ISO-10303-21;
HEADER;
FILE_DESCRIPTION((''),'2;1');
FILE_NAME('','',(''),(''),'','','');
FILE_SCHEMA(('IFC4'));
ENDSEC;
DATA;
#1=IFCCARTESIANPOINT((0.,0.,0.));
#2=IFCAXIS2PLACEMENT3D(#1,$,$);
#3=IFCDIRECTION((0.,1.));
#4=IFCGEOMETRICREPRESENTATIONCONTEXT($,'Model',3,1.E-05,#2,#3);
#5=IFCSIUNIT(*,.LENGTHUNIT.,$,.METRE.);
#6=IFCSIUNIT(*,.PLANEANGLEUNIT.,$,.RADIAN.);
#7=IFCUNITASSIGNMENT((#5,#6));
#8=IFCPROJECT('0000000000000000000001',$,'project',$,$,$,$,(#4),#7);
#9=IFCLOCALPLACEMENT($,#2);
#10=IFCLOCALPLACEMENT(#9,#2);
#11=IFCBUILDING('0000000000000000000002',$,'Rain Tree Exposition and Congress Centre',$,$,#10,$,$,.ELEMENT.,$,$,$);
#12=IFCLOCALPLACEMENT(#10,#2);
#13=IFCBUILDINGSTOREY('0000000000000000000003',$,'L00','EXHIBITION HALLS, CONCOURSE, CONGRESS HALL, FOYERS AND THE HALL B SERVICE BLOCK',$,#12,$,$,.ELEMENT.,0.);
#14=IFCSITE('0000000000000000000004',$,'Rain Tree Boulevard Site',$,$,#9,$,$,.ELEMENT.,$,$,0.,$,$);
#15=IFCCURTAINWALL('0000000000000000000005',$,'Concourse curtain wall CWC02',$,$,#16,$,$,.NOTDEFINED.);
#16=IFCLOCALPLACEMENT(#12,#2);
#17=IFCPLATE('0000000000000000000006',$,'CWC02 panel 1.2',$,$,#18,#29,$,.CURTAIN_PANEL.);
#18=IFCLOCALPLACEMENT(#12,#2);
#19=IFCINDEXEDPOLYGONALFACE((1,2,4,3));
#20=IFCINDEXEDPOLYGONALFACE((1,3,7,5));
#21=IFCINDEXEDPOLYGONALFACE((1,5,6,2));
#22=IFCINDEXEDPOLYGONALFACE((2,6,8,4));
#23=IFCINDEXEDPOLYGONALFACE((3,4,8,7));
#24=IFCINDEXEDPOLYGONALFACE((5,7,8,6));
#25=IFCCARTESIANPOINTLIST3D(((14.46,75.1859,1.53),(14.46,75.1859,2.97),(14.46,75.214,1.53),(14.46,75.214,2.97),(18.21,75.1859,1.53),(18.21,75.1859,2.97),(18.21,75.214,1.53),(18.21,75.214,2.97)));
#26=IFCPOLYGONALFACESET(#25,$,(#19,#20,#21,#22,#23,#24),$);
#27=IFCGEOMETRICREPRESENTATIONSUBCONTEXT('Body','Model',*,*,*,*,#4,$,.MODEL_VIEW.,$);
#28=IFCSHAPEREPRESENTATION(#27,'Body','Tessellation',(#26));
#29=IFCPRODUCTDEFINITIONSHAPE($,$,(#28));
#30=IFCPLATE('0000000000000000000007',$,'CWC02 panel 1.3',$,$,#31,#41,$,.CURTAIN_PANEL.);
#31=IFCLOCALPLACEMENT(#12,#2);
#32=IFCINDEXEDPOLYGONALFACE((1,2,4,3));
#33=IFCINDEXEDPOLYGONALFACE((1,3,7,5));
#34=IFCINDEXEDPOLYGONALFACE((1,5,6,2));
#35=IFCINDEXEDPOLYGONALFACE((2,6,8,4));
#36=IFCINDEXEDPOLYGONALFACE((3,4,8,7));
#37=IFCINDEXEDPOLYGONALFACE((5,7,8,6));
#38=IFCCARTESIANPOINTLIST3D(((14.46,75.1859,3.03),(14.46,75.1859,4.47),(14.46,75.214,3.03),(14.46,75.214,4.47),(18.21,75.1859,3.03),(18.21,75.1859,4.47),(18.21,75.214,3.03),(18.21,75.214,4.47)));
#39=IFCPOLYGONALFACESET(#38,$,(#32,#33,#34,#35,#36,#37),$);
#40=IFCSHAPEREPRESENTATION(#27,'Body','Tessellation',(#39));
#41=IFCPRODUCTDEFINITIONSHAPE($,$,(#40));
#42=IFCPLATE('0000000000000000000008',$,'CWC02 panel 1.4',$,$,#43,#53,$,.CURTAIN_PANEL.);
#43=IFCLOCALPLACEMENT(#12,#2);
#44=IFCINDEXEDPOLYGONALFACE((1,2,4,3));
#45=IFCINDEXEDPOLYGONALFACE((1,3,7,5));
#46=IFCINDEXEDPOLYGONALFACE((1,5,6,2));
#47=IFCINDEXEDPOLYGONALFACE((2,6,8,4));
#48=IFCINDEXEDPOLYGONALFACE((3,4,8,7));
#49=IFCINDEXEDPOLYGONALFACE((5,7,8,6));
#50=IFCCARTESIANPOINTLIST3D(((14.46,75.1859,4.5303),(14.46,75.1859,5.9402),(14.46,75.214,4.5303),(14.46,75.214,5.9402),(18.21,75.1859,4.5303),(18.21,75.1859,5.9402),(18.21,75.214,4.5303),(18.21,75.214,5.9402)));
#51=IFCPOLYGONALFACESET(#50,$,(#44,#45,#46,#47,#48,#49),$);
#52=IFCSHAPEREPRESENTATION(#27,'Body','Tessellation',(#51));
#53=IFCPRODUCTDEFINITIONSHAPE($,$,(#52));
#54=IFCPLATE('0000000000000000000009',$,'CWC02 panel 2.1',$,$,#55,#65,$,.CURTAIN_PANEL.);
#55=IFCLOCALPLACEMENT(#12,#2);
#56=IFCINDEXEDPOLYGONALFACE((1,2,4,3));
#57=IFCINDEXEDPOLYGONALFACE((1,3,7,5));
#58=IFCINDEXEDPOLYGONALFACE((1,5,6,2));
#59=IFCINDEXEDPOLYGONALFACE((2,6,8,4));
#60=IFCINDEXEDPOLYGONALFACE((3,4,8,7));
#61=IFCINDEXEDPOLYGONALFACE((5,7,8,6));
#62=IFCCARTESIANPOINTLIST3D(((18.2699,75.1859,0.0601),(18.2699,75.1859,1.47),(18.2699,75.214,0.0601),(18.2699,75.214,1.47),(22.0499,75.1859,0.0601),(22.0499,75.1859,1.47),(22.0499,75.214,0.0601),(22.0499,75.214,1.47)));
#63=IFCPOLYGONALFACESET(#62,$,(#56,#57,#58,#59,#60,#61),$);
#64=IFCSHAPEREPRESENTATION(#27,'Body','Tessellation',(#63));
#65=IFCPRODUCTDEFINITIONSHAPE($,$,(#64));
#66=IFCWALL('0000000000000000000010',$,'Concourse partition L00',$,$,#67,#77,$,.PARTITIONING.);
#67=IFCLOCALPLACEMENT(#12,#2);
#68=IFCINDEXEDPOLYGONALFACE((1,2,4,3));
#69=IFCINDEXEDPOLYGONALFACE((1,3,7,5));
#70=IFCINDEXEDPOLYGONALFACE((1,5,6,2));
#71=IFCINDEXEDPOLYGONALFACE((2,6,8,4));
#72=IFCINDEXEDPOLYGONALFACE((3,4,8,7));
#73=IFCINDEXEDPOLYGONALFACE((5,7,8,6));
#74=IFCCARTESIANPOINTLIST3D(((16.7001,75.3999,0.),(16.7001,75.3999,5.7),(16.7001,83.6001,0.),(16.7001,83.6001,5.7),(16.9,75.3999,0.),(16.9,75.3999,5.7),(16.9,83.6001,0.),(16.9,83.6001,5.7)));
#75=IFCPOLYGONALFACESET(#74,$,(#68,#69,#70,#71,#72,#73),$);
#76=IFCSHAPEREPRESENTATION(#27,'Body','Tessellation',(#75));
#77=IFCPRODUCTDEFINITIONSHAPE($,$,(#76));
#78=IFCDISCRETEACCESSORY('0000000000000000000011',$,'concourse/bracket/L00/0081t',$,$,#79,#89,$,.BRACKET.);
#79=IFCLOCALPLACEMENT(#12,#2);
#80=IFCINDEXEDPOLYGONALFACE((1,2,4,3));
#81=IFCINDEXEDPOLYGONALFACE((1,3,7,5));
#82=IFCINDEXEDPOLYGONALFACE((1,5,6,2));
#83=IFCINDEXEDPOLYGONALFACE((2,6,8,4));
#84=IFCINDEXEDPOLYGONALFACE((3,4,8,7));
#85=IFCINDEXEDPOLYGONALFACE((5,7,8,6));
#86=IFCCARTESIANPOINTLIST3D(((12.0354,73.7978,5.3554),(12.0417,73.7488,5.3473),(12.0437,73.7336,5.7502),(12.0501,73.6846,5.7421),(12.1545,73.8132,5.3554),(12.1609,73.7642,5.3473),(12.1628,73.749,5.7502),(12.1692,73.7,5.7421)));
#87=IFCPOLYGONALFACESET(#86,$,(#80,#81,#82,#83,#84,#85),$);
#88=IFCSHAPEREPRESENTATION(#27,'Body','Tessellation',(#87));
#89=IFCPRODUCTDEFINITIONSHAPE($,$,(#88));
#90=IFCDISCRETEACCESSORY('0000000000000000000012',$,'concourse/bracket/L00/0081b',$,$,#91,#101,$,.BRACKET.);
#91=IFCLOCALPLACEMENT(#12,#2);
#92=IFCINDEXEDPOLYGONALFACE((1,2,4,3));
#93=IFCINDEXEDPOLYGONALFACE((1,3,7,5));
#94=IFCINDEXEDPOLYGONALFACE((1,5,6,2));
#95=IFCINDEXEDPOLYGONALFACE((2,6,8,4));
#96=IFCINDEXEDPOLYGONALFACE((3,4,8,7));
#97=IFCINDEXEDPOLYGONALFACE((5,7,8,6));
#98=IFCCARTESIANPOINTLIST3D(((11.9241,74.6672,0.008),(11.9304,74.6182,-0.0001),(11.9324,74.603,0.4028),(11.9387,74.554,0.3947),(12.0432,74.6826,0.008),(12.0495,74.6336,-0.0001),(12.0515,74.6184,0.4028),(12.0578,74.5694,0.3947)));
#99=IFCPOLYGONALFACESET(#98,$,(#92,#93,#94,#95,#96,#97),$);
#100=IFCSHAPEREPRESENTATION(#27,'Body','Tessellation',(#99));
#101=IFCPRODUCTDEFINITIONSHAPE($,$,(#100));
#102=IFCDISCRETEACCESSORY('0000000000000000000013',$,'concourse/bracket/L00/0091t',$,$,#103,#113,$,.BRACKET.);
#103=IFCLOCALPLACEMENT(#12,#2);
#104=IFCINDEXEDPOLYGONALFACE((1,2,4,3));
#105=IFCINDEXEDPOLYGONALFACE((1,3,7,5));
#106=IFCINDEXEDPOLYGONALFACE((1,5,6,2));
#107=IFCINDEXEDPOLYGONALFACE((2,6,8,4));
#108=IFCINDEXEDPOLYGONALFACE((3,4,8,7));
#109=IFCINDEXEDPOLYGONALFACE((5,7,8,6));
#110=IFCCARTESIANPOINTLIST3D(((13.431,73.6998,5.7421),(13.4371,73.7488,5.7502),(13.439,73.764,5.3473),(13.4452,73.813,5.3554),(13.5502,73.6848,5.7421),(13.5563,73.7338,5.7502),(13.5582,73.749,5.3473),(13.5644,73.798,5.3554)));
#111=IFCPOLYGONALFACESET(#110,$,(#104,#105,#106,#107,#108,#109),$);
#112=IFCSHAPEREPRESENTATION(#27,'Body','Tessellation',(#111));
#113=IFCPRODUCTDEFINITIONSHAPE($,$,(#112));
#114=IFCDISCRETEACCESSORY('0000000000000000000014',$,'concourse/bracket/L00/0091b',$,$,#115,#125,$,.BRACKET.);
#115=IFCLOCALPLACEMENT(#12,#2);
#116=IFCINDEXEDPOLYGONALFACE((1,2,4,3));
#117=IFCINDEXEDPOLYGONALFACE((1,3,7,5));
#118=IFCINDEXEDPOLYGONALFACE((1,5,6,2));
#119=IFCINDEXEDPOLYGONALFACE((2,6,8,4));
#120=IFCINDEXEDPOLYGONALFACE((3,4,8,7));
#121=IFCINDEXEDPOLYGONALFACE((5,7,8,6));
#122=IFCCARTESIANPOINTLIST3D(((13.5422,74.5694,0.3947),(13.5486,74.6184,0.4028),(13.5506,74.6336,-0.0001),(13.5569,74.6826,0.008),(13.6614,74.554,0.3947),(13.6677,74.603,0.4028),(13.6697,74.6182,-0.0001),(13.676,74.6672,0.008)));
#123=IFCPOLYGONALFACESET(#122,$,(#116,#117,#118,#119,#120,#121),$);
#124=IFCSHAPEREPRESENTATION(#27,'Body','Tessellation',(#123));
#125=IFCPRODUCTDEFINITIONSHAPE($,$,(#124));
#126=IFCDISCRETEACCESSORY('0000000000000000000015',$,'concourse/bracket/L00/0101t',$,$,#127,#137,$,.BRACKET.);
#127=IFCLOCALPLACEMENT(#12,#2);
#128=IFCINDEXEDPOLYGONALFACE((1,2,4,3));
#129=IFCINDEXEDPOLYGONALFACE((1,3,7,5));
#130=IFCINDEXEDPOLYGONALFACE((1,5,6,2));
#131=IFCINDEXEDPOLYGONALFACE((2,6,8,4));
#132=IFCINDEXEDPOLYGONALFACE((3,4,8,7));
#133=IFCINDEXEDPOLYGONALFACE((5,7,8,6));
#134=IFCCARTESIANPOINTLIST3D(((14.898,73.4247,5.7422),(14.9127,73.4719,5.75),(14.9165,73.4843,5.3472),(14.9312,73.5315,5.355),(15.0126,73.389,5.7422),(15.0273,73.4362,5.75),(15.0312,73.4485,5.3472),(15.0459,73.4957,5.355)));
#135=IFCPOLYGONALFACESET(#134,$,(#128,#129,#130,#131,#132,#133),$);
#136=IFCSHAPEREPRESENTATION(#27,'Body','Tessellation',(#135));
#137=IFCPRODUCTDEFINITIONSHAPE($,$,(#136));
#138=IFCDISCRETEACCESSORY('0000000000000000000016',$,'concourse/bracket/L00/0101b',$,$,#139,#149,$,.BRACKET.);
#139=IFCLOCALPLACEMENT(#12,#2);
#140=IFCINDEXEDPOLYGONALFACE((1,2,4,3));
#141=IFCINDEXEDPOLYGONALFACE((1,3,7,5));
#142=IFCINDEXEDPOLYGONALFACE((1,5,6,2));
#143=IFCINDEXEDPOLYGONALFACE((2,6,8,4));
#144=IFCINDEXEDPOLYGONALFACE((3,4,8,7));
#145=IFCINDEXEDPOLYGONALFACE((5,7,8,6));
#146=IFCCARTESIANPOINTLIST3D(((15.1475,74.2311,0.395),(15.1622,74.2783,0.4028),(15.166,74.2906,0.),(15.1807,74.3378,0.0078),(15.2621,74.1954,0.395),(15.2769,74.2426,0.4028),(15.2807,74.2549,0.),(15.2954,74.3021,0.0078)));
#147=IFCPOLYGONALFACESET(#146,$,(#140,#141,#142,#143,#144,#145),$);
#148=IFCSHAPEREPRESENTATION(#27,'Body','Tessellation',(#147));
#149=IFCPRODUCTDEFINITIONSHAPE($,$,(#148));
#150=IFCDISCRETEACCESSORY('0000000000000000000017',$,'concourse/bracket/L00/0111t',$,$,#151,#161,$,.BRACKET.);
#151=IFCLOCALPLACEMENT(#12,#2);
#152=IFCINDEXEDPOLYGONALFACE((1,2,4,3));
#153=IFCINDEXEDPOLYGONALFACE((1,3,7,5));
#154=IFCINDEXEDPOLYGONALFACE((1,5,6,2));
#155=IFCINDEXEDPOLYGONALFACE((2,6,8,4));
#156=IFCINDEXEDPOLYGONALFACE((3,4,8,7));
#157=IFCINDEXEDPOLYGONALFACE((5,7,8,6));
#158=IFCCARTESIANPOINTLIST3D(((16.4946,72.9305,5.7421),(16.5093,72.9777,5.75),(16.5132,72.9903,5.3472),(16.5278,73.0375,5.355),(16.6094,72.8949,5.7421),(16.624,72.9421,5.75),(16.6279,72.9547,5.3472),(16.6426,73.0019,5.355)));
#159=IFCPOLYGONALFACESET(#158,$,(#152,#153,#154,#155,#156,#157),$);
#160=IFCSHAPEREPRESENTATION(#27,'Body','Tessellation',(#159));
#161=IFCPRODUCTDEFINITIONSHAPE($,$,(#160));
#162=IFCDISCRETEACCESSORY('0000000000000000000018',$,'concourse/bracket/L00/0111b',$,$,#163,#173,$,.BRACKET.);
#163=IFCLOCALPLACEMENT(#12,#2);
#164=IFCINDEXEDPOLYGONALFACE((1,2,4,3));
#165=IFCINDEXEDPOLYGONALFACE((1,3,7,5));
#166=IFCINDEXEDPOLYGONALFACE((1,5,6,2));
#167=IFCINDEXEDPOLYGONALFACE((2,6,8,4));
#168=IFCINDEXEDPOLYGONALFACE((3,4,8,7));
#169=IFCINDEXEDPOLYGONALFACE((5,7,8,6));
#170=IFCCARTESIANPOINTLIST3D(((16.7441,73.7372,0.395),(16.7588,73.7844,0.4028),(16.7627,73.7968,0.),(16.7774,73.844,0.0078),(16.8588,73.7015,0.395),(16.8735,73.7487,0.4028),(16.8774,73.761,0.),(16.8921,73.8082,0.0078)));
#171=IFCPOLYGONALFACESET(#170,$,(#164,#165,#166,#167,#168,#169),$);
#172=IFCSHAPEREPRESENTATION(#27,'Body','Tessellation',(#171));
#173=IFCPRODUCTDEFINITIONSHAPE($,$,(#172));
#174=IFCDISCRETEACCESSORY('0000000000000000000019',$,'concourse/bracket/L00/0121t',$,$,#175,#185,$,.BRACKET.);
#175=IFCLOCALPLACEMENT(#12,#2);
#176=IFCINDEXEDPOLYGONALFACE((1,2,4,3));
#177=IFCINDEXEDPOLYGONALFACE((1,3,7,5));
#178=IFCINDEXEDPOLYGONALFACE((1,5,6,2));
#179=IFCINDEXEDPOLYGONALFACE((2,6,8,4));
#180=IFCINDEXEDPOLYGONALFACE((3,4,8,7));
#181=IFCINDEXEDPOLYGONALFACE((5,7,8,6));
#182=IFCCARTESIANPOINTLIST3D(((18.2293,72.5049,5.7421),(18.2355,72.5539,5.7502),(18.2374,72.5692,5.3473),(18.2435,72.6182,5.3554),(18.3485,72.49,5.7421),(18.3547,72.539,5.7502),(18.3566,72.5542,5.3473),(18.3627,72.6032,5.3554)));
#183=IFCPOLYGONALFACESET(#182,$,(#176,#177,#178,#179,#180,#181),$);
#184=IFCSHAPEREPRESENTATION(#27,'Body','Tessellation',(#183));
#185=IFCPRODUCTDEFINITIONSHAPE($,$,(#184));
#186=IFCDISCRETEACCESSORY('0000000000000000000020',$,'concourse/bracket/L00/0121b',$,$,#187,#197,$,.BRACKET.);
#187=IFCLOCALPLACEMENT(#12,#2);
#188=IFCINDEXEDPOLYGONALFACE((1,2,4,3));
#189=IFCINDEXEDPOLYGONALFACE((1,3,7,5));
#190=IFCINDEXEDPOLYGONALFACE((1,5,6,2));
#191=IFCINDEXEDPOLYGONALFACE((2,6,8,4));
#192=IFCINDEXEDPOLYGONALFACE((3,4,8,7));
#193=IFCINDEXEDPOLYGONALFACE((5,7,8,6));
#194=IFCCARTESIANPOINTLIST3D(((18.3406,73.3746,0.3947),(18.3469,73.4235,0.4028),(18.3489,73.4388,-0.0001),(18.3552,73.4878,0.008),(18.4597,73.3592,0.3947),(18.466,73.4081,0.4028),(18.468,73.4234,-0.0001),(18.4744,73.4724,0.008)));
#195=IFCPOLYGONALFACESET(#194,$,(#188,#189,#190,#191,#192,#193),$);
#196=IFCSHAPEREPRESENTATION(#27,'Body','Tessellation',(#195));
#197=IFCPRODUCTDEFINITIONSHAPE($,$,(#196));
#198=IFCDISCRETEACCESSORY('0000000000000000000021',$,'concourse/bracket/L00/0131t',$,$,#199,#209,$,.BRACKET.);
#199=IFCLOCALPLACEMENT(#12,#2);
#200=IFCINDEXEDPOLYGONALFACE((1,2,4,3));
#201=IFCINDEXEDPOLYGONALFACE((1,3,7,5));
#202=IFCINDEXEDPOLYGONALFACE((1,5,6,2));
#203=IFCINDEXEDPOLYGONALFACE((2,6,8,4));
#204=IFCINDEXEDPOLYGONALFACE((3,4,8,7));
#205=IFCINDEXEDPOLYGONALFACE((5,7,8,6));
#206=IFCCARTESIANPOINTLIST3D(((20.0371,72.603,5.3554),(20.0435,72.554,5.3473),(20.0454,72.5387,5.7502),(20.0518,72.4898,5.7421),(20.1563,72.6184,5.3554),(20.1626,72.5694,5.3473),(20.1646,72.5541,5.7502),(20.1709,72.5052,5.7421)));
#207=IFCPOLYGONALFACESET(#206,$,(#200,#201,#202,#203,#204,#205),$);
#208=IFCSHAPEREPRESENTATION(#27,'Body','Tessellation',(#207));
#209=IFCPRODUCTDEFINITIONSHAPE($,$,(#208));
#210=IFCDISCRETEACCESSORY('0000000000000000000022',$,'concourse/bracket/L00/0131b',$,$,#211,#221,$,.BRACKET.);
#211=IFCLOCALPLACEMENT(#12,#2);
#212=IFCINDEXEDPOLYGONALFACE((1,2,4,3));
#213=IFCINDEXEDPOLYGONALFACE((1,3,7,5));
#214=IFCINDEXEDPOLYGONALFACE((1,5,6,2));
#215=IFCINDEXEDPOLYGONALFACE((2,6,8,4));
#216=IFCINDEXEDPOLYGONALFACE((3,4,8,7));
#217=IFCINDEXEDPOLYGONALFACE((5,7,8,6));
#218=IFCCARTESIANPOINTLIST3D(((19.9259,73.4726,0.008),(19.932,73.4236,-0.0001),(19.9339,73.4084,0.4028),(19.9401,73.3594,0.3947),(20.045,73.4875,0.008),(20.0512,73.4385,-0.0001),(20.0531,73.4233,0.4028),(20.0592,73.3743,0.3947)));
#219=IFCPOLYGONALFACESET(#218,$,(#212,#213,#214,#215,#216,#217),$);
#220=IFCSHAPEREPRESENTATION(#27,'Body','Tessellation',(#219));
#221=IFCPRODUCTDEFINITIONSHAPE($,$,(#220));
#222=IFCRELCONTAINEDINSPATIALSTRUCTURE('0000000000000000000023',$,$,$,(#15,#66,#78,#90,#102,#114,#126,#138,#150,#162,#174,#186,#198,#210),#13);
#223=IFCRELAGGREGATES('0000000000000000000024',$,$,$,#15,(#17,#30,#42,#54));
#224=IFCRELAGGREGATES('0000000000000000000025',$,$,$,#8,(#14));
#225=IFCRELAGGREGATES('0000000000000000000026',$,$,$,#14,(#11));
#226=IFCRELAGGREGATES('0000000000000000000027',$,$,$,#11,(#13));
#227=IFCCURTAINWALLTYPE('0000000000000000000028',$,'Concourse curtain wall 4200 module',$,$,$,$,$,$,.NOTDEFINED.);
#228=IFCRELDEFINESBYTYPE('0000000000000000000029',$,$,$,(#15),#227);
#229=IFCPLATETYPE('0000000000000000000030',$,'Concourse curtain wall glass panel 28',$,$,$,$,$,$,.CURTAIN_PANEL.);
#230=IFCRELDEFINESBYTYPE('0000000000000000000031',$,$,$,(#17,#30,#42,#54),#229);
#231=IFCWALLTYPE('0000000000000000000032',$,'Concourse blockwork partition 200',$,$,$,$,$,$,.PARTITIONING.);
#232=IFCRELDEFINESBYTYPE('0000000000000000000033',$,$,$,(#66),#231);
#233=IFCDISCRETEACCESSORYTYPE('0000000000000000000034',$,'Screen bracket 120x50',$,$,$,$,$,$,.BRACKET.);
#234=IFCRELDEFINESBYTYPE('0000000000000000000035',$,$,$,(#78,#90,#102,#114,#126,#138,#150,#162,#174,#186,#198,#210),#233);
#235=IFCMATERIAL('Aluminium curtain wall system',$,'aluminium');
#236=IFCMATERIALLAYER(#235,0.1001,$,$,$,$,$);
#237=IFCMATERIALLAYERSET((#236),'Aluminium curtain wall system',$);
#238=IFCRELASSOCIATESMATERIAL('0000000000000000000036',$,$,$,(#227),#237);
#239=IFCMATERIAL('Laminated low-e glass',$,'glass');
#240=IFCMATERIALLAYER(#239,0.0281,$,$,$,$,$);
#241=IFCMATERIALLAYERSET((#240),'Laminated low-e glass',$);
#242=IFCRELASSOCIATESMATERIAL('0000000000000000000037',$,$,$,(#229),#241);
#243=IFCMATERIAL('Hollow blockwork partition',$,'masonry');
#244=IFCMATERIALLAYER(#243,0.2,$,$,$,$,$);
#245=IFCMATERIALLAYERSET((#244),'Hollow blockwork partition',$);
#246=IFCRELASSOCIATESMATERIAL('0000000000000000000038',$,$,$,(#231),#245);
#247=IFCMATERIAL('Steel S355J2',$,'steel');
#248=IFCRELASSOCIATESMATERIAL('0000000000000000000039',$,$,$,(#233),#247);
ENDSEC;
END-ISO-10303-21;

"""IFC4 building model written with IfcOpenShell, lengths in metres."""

from ifc_helpers import new_model, si_unit, direction, frame, frame_2d, origin, origin_2d, place, context, subcontext, project, spatial, rectangle, extrude, material, layer, layer_set, material_profile, profile_set, type_object, element, aggregate, save


model = new_model("IFC4")

# Units and contexts
model_context = context("Model", 3, precision=1e-05, world=origin(), true_north=direction((0.0, 1.0)))
body_context = subcontext(model_context, "Body", "Model", "MODEL_VIEW")
ifc_project = project(units=[si_unit("LENGTHUNIT", "METRE"), si_unit("PLANEANGLEUNIT", "RADIAN")], contexts=[model_context])

# Site, building, storey
site_placement = place(None, origin())
site = spatial("IfcSite", under=ifc_project, at=site_placement, Name="Rain Tree Boulevard Site", CompositionType="ELEMENT", RefElevation=0.0)
building_placement = place(site_placement, origin())
building = spatial("IfcBuilding", under=site, at=building_placement, Name="Rain Tree Exposition and Congress Centre", CompositionType="ELEMENT")
storey_placement = place(building_placement, origin())
storey = spatial("IfcBuildingStorey", under=building, at=storey_placement, Name="L00", Description="EXHIBITION HALLS, CONCOURSE, CONGRESS HALL, FOYERS AND THE HALL B SERVICE BLOCK", CompositionType="ELEMENT", Elevation=0.0)

# Curtain wall, plates
ifc_material_1 = material(Name="Aluminium curtain wall system", Category="aluminium")
ifc_layer_1 = layer(ifc_material_1, 0.1001)
ifc_layer_set_1 = layer_set([ifc_layer_1], Name="Aluminium curtain wall system")
curtain_wall_type = type_object("IfcCurtainWallType", Name="Concourse curtain wall 4200 module", PredefinedType="NOTDEFINED", material=ifc_layer_set_1)
curtain_wall_placement = place(storey_placement, origin())
curtain_wall = element("IfcCurtainWall", 1, at=curtain_wall_placement, inside=storey, type_object=curtain_wall_type, Name="Concourse curtain wall CWC02", PredefinedType="NOTDEFINED")
ifc_material_2 = material(Name="Laminated low-e glass", Category="glass")
ifc_layer_2 = layer(ifc_material_2, 0.0281)
ifc_layer_set_2 = layer_set([ifc_layer_2], Name="Laminated low-e glass")
plate_type = type_object("IfcPlateType", Name="Concourse curtain wall glass panel 28", PredefinedType="CURTAIN_PANEL", material=ifc_layer_set_2)
plate_1_placement = place(storey_placement, frame((16.335, 75.2, 1.53), z_axis=(0.0, 0.0, 1.0), x_axis=(1.0, 0.0, 0.0)))
plate_1 = element("IfcPlate", 2, at=plate_1_placement, type_object=plate_type, Name="CWC02 panel 1.2", PredefinedType="CURTAIN_PANEL", context=body_context, shape_type="SweptSolid", body=[
    extrude(rectangle(XDim=3.75, YDim=0.0281, at=origin_2d()), origin(), (0.0, 0.0, 1.0), 1.4399),
])
plate_2_placement = place(storey_placement, frame((16.335, 75.2, 3.03), z_axis=(0.0, 0.0, 1.0), x_axis=(1.0, 0.0, 0.0)))
plate_2 = element("IfcPlate", 3, at=plate_2_placement, type_object=plate_type, Name="CWC02 panel 1.3", PredefinedType="CURTAIN_PANEL", context=body_context, shape_type="SweptSolid", body=[
    extrude(rectangle(XDim=3.75, YDim=0.0281, at=origin_2d()), origin(), (0.0, 0.0, 1.0), 1.4399),
])
plate_3_placement = place(storey_placement, frame((16.335, 75.2, 4.5303), z_axis=(0.0, 0.0, 1.0), x_axis=(1.0, 0.0, 0.0)))
plate_3 = element("IfcPlate", 4, at=plate_3_placement, type_object=plate_type, Name="CWC02 panel 1.4", PredefinedType="CURTAIN_PANEL", context=body_context, shape_type="SweptSolid", body=[
    extrude(rectangle(XDim=3.75, YDim=0.0281, at=origin_2d()), origin(), (0.0, 0.0, 1.0), 1.4099),
])
plate_4_placement = place(storey_placement, frame((20.1599, 75.2, 0.0601), z_axis=(0.0, 0.0, 1.0), x_axis=(1.0, 0.0, 0.0)))
plate_4 = element("IfcPlate", 5, at=plate_4_placement, type_object=plate_type, Name="CWC02 panel 2.1", PredefinedType="CURTAIN_PANEL", context=body_context, shape_type="SweptSolid", body=[
    extrude(rectangle(XDim=3.78, YDim=0.0281, at=origin_2d()), origin(), (0.0, 0.0, 1.0), 1.4099),
])
aggregate(curtain_wall, [plate_1, plate_2, plate_3, plate_4])

# Wall
ifc_material_3 = material(Name="Hollow blockwork partition", Category="masonry")
ifc_layer_3 = layer(ifc_material_3, 0.2)
ifc_layer_set_3 = layer_set([ifc_layer_3], Name="Hollow blockwork partition")
wall_type = type_object("IfcWallType", Name="Concourse blockwork partition 200", PredefinedType="PARTITIONING", material=ifc_layer_set_3)
wall_placement = place(storey_placement, frame((16.8, 75.3999, 0.0), z_axis=(0.0, 0.0, 1.0), x_axis=(0.0, 1.0, 0.0)))
element("IfcWall", 6, at=wall_placement, inside=storey, type_object=wall_type, Name="Concourse partition L00", PredefinedType="PARTITIONING", context=body_context, shape_type="SweptSolid", body=[
    extrude(rectangle(XDim=8.2002, YDim=0.2, at=frame_2d((4.1001, 0.0))), origin(), (0.0, 0.0, 1.0), 5.7),
])

# Discrete accessories
ifc_material_4 = material(Name="Steel S355J2", Category="steel")
ifc_material_profile_1 = material_profile(ifc_material_4, rectangle(XDim=0.1201, YDim=0.05, at=origin_2d()), Name="Flat bar 120x50")
ifc_profile_set_1 = profile_set([ifc_material_profile_1], Name="Steel S355J2")
discrete_accessory_type = type_object("IfcDiscreteAccessoryType", Name="Screen bracket 120x50", PredefinedType="BRACKET", material=ifc_profile_set_1)
for number, where, z_axis, x_axis, name in (
    (7, (12.0981, 73.781, 5.3513), (0.020749, -0.160503, 0.986817), (0.991747, 0.128211, 0.0), "concourse/bracket/L00/0081t"),
    (8, (11.9868, 74.6504, 0.0039), (0.020749, -0.160503, 0.986817), (0.991747, 0.128211, 0.0), "concourse/bracket/L00/0081b"),
    (9, (13.5017, 73.781, 5.3513), (-0.020139, -0.160505, 0.98683), (0.99222, -0.124499, 0.0), "concourse/bracket/L00/0091t"),
    (10, (13.6133, 74.6504, 0.0039), (-0.020749, -0.160503, 0.986817), (0.991747, -0.128211, 0.0), "concourse/bracket/L00/0091b"),
):
    element("IfcDiscreteAccessory", number, at=place(storey_placement, frame(where, z_axis=z_axis, x_axis=x_axis)), inside=storey, type_object=discrete_accessory_type, Name=name, PredefinedType="BRACKET", context=body_context, shape_type="SweptSolid", body=[
        extrude(rectangle(XDim=0.1201, YDim=0.05, at=origin_2d()), origin(), (0.0, 0.0, 1.0), 0.4001),
    ])
for number, where, z_axis, x_axis, name in (
    (11, (14.9812, 73.49, 5.3511), (-0.046396, -0.148957, 0.987755), (0.954758, -0.297384, 0.0), "concourse/bracket/L00/0101t"),
    (12, (15.2307, 74.2964, 0.0039), (-0.046396, -0.148957, 0.987755), (0.954758, -0.297384, 0.0), "concourse/bracket/L00/0101b"),
    (13, (16.5779, 72.9961, 5.3511), (-0.046392, -0.149554, 0.987665), (0.955102, -0.296277, 0.0), "concourse/bracket/L00/0111t"),
    (14, (16.8274, 73.8025, 0.0039), (-0.046396, -0.148957, 0.987755), (0.954758, -0.297384, 0.0), "concourse/bracket/L00/0111b"),
):
    element("IfcDiscreteAccessory", number, at=place(storey_placement, frame(where, z_axis=z_axis, x_axis=x_axis)), inside=storey, type_object=discrete_accessory_type, Name=name, PredefinedType="BRACKET", context=body_context, shape_type="SweptSolid", body=[
        extrude(rectangle(XDim=0.1201, YDim=0.05, at=origin_2d()), origin(), (0.0, 0.0, 1.0), 0.3999),
    ])
for number, where, z_axis, x_axis, name in (
    (15, (18.3, 72.5862, 5.3513), (-0.020139, -0.160505, 0.98683), (0.99222, -0.124499, 0.0), "concourse/bracket/L00/0121t"),
    (16, (18.4116, 73.4556, 0.0039), (-0.020749, -0.160503, 0.986817), (0.991747, -0.128211, 0.0), "concourse/bracket/L00/0121b"),
    (17, (20.0999, 72.5862, 5.3513), (0.020749, -0.160503, 0.986817), (0.991747, 0.128211, 0.0), "concourse/bracket/L00/0131t"),
    (18, (19.9885, 73.4556, 0.0039), (0.020139, -0.160505, 0.98683), (0.99222, 0.124499, 0.0), "concourse/bracket/L00/0131b"),
):
    element("IfcDiscreteAccessory", number, at=place(storey_placement, frame(where, z_axis=z_axis, x_axis=x_axis)), inside=storey, type_object=discrete_accessory_type, Name=name, PredefinedType="BRACKET", context=body_context, shape_type="SweptSolid", body=[
        extrude(rectangle(XDim=0.1201, YDim=0.05, at=origin_2d()), origin(), (0.0, 0.0, 1.0), 0.4001),
    ])

save(model, "model.ifc")
